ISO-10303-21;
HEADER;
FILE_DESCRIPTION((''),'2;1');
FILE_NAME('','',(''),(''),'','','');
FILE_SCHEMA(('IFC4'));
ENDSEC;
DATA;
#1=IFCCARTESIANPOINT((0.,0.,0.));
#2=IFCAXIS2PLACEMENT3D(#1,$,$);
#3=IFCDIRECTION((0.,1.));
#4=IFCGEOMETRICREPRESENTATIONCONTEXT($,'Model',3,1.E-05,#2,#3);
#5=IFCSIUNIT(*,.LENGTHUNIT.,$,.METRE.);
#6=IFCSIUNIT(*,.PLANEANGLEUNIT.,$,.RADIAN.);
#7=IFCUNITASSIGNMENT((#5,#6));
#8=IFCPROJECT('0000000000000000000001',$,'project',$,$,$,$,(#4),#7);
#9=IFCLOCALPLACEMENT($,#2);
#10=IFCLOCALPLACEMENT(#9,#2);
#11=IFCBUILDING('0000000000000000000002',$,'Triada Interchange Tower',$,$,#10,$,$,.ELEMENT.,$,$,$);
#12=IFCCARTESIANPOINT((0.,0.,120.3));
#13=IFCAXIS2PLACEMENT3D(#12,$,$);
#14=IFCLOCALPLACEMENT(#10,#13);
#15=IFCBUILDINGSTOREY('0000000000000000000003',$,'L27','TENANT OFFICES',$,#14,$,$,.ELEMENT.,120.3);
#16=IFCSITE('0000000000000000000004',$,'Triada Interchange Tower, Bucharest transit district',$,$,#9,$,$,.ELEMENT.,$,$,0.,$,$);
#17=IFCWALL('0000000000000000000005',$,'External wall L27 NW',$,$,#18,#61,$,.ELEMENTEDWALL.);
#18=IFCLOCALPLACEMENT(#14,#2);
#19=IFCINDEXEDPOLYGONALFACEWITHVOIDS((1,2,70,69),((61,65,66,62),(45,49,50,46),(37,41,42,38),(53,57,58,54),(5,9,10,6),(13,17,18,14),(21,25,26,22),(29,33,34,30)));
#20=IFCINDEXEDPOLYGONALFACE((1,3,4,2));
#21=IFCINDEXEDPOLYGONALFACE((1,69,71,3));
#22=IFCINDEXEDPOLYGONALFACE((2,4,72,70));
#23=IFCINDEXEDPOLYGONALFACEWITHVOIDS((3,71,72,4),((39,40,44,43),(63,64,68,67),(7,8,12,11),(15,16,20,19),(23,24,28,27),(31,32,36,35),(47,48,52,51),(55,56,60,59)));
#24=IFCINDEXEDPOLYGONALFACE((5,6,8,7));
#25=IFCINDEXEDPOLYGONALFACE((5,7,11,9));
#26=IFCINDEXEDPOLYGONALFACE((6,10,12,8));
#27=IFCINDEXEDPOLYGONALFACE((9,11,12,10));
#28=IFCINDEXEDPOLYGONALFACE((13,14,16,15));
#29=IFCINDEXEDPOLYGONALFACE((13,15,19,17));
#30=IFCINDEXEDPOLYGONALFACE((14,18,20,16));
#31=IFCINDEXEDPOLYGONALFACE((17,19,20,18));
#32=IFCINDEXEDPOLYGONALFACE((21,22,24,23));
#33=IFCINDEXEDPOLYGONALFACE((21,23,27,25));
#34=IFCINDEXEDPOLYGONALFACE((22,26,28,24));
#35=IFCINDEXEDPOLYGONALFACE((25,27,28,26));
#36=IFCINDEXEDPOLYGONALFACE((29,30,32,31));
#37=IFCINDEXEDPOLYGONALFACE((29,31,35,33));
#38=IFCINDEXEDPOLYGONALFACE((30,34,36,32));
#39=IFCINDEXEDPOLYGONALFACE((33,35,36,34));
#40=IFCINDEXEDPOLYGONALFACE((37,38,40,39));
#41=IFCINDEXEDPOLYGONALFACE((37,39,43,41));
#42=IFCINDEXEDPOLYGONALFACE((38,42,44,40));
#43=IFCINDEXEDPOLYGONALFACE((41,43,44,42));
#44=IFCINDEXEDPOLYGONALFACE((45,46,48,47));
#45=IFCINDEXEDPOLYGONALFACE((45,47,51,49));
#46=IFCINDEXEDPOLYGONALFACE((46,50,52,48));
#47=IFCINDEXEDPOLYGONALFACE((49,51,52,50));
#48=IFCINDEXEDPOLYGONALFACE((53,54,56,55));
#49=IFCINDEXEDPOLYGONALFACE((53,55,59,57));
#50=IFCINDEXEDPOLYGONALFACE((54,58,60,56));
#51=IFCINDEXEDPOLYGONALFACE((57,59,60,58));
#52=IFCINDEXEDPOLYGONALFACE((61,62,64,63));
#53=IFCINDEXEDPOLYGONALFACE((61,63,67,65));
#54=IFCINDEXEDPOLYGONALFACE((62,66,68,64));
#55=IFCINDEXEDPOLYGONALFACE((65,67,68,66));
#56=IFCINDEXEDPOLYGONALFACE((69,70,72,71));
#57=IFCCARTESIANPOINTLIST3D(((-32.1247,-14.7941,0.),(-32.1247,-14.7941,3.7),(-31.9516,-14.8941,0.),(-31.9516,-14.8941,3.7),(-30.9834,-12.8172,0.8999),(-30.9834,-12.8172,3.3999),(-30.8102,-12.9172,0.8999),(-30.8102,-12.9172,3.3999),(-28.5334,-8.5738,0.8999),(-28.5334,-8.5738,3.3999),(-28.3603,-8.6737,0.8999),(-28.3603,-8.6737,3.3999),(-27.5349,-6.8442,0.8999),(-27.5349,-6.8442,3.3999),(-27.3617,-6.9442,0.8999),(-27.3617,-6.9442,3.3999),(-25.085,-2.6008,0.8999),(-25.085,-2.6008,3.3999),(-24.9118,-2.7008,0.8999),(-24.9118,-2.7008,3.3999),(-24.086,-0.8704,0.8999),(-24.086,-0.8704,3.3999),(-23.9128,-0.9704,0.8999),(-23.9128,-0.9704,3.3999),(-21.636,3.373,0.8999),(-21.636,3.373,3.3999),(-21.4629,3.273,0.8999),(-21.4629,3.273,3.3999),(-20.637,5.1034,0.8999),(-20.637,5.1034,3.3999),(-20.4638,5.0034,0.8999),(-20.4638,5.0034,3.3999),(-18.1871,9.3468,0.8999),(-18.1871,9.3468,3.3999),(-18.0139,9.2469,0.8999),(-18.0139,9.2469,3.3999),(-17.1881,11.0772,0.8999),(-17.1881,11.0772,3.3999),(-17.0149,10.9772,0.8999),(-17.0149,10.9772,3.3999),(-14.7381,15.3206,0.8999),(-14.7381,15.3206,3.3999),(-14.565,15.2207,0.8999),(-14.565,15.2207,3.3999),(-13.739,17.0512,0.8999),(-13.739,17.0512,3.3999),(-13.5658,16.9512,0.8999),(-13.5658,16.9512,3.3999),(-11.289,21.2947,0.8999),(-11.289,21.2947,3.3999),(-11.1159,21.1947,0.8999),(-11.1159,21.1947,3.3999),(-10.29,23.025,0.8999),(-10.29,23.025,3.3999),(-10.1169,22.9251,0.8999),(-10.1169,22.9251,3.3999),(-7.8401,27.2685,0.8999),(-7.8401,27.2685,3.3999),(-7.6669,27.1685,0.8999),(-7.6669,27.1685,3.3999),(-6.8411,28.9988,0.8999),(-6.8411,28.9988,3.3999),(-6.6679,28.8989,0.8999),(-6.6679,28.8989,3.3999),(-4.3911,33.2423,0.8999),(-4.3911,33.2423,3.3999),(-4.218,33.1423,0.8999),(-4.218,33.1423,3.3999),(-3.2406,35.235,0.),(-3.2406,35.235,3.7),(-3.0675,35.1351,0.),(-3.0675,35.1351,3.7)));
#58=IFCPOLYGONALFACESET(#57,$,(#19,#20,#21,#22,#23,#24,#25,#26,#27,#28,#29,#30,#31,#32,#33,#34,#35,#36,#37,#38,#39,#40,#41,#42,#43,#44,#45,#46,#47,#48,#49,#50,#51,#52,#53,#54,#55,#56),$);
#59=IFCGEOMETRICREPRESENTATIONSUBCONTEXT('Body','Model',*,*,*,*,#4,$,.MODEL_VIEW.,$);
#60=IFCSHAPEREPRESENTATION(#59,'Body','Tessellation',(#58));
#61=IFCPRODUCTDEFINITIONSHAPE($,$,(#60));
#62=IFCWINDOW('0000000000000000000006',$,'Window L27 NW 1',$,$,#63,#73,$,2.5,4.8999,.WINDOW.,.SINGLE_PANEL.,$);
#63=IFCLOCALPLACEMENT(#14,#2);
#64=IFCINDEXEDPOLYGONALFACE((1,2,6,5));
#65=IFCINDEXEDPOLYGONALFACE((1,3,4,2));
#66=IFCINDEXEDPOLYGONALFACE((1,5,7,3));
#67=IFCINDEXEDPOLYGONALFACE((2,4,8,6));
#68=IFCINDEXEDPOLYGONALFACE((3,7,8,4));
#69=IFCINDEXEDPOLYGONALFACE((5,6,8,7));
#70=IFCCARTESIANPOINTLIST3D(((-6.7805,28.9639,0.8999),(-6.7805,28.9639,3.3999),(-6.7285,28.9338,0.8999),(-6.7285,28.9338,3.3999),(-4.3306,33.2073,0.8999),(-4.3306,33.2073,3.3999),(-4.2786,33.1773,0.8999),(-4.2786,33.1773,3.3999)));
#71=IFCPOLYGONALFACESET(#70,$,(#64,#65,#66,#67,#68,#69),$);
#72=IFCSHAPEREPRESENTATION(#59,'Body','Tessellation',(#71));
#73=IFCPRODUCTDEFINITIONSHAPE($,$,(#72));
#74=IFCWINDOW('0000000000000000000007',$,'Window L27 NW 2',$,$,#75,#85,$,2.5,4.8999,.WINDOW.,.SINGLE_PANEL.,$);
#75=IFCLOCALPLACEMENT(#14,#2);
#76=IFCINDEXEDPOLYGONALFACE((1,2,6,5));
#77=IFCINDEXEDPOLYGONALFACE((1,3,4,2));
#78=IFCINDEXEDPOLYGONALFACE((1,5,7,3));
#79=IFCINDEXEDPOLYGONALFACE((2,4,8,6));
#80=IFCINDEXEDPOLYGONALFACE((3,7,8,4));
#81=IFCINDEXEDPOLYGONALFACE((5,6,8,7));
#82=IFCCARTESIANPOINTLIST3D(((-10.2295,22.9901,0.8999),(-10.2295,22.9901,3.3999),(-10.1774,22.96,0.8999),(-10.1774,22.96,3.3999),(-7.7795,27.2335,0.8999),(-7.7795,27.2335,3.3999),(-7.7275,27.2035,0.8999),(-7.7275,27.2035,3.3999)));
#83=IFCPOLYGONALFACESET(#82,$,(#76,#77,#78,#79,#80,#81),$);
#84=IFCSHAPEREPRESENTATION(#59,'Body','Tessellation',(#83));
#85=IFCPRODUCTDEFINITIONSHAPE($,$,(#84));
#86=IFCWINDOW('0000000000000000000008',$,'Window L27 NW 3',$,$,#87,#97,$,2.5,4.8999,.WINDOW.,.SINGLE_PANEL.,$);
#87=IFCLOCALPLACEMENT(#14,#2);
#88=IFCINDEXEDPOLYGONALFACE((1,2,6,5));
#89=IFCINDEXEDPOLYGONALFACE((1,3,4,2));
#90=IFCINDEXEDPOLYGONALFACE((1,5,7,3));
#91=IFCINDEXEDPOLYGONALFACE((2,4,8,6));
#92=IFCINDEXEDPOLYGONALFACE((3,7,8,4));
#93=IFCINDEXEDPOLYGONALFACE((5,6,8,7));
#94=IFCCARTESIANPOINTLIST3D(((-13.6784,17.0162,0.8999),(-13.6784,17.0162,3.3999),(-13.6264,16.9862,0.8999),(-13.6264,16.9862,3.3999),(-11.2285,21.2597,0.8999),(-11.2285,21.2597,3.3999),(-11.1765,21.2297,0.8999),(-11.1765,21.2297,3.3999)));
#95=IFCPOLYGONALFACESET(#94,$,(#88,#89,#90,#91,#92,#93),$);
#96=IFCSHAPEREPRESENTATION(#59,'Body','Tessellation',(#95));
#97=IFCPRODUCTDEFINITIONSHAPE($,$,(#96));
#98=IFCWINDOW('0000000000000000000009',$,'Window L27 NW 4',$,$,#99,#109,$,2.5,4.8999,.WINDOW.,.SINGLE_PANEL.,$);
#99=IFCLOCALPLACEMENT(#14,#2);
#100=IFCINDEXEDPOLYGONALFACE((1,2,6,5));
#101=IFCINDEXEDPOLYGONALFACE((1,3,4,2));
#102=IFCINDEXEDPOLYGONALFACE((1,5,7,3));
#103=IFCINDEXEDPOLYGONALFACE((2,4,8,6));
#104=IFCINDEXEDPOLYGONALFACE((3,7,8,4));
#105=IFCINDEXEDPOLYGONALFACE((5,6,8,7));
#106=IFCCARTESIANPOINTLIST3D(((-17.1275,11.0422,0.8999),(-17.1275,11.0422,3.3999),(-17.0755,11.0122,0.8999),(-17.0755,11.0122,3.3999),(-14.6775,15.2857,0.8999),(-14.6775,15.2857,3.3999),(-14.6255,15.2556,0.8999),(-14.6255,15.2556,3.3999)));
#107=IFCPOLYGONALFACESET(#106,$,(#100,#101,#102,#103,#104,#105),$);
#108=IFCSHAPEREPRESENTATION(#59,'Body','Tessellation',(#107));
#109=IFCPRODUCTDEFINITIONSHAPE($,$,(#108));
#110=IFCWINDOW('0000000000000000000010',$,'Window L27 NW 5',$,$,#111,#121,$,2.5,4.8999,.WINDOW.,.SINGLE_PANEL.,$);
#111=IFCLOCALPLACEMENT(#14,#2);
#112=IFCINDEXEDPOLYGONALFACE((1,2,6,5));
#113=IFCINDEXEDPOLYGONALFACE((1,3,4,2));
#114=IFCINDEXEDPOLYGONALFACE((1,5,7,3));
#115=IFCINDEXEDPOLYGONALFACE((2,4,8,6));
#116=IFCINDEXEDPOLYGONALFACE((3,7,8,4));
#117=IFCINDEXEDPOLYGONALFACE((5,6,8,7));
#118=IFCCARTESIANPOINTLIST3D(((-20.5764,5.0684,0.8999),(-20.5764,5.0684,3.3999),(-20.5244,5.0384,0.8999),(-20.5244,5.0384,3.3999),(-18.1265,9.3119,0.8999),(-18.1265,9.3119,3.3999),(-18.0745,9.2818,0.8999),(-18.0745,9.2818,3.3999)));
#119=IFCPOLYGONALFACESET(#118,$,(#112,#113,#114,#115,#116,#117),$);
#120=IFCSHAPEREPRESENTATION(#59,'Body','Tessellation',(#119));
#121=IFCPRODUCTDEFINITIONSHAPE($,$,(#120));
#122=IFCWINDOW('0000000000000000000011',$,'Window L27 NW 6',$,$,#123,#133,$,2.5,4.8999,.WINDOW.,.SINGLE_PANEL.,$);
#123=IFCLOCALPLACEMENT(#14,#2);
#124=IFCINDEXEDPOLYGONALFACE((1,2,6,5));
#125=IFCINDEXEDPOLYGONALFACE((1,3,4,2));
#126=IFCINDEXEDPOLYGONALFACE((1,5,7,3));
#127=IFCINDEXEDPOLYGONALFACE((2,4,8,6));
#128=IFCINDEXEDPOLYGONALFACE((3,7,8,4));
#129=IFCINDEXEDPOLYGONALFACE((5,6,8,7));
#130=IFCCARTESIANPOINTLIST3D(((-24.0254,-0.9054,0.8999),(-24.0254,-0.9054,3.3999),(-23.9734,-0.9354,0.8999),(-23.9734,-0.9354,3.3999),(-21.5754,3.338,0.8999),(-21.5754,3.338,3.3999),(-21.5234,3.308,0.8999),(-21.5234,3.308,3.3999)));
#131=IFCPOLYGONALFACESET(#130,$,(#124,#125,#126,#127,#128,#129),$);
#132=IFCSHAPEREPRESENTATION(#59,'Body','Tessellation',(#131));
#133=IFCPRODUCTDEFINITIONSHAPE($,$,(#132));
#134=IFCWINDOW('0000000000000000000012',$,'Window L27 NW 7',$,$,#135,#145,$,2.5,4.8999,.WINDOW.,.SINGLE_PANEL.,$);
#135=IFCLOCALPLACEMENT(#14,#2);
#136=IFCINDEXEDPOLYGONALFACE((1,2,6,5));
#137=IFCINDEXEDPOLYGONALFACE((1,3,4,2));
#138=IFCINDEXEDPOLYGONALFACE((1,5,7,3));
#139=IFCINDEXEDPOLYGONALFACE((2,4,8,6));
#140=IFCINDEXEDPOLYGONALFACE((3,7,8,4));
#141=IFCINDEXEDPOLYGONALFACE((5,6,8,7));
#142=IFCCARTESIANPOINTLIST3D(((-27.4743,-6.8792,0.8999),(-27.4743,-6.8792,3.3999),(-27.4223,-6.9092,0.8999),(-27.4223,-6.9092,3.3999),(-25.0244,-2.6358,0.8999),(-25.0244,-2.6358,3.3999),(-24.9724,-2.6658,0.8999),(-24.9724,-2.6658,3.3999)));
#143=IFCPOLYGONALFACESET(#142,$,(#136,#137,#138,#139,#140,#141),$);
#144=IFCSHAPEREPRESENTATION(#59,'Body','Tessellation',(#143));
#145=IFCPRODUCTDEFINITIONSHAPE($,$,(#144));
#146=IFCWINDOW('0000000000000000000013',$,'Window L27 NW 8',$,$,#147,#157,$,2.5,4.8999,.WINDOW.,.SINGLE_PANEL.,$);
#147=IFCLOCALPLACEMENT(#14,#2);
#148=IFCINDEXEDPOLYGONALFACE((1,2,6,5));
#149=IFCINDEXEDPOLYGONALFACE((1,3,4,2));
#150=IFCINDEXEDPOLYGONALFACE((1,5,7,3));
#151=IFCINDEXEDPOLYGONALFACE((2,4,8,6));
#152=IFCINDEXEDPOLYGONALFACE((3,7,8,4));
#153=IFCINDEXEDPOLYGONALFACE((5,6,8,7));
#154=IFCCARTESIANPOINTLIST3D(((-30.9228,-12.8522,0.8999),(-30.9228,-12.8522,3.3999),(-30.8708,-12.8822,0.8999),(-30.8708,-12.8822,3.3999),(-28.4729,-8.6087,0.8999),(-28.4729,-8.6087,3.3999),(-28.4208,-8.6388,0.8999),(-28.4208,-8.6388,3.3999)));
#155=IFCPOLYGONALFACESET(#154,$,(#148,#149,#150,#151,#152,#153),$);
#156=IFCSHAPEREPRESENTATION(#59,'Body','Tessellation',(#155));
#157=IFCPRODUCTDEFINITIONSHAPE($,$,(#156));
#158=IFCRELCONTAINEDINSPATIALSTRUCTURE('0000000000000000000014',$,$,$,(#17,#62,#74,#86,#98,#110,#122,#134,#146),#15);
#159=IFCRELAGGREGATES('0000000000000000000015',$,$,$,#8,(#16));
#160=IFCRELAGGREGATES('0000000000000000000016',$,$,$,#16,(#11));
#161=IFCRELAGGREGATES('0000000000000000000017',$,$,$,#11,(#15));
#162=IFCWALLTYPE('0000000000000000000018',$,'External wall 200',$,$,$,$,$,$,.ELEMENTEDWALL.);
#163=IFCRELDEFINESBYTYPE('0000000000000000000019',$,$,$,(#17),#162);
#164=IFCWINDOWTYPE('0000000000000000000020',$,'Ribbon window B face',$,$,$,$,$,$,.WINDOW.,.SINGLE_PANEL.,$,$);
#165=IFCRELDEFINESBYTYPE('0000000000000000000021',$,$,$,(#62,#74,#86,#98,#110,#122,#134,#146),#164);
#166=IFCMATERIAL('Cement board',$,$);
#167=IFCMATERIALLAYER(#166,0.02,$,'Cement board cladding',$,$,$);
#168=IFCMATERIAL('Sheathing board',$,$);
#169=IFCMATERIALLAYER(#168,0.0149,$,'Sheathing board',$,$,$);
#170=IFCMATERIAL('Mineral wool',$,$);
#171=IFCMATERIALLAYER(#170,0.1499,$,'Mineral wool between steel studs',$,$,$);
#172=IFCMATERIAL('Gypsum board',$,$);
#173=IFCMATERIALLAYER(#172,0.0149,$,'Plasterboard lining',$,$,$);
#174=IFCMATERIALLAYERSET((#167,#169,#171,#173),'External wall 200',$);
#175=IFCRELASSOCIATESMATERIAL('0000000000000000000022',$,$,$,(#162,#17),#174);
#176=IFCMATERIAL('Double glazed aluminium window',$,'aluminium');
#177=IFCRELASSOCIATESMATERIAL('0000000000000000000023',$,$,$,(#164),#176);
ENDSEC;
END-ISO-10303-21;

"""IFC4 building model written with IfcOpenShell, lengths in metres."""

from ifc_helpers import new_model, si_unit, direction, frame, frame_2d, origin, place, context, subcontext, project, spatial, rectangle, extrude, material, layer, layer_set, layer_usage, type_object, element, fill, save


model = new_model("IFC4")

# Units and contexts
model_context = context("Model", 3, precision=1e-05, world=origin(), true_north=direction((0.0, 1.0)))
body_context = subcontext(model_context, "Body", "Model", "MODEL_VIEW")
ifc_project = project(units=[si_unit("LENGTHUNIT", "METRE"), si_unit("PLANEANGLEUNIT", "RADIAN")], contexts=[model_context])

# Site, building, storey
site_placement = place(None, origin())
site = spatial("IfcSite", under=ifc_project, at=site_placement, Name="Triada Interchange Tower, Bucharest transit district", CompositionType="ELEMENT", RefElevation=0.0)
building_placement = place(site_placement, origin())
building = spatial("IfcBuilding", under=site, at=building_placement, Name="Triada Interchange Tower", CompositionType="ELEMENT")
storey_placement = place(building_placement, frame((0.0, 0.0, 120.3)))
storey = spatial("IfcBuildingStorey", under=building, at=storey_placement, Name="L27", Description="TENANT OFFICES", CompositionType="ELEMENT", Elevation=120.3)

# Wall, openings, windows
ifc_material_1 = material(Name="Cement board")
ifc_layer_1 = layer(ifc_material_1, 0.02, Name="Cement board cladding")
ifc_material_2 = material(Name="Sheathing board")
ifc_layer_2 = layer(ifc_material_2, 0.0149, Name="Sheathing board")
ifc_material_3 = material(Name="Mineral wool")
ifc_layer_3 = layer(ifc_material_3, 0.1499, Name="Mineral wool between steel studs")
ifc_material_4 = material(Name="Gypsum board")
ifc_layer_4 = layer(ifc_material_4, 0.0149, Name="Plasterboard lining")
ifc_layer_set_1 = layer_set([ifc_layer_1, ifc_layer_2, ifc_layer_3, ifc_layer_4], Name="External wall 200")
ifc_layer_usage = layer_usage(ifc_layer_set_1, "AXIS2", "POSITIVE", -0.1001)
wall_type_1 = type_object("IfcWallType", Name="External wall 200", PredefinedType="ELEMENTEDWALL", material=ifc_layer_set_1)
wall_1_placement = place(storey_placement, frame((-3.1541, 35.1851, 0.0), z_axis=(0.0, 0.0, 1.0), x_axis=(-0.499997, -0.866027, 0.0)))
wall_1 = element("IfcWall", 1, at=wall_1_placement, inside=storey, type_object=wall_type_1, material=ifc_layer_usage, Name="External wall L27 NW", PredefinedType="ELEMENTEDWALL", context=body_context, shape_type="SweptSolid", body=[
    extrude(rectangle(XDim=57.7686, YDim=0.2, at=frame_2d((28.8843, 0.0))), origin(), (0.0, 0.0, 1.0), 3.7),
])
opening_1_placement = place(wall_1_placement, frame((2.301, 0.0, 0.8999)))
opening_1 = element("IfcOpeningElement", 2, at=opening_1_placement, cuts=wall_1, PredefinedType="OPENING", context=body_context, shape_type="SweptSolid", body=[
    extrude(rectangle(XDim=4.8999, YDim=2.5, at=frame_2d((2.45, 1.25))), frame((0.0, 0.1099, 0.0), z_axis=(0.0, -1.0, 0.0), x_axis=(1.0, 0.0, 0.0)), (0.0, 0.0, 1.0), 0.22),
])
opening_2_placement = place(wall_1_placement, frame((9.199, 0.0, 0.8999)))
opening_2 = element("IfcOpeningElement", 3, at=opening_2_placement, cuts=wall_1, PredefinedType="OPENING", context=body_context, shape_type="SweptSolid", body=[
    extrude(rectangle(XDim=4.8999, YDim=2.5, at=frame_2d((2.45, 1.25))), frame((0.0, 0.1099, 0.0), z_axis=(0.0, -1.0, 0.0), x_axis=(1.0, 0.0, 0.0)), (0.0, 0.0, 1.0), 0.22),
])
opening_3_placement = place(wall_1_placement, frame((16.0969, 0.0, 0.8999)))
opening_3 = element("IfcOpeningElement", 4, at=opening_3_placement, cuts=wall_1, PredefinedType="OPENING", context=body_context, shape_type="SweptSolid", body=[
    extrude(rectangle(XDim=4.8999, YDim=2.5, at=frame_2d((2.45, 1.25))), frame((0.0, 0.1099, 0.0), z_axis=(0.0, -1.0, 0.0), x_axis=(1.0, 0.0, 0.0)), (0.0, 0.0, 1.0), 0.22),
])
opening_4_placement = place(wall_1_placement, frame((22.9951, 0.0, 0.8999)))
opening_4 = element("IfcOpeningElement", 5, at=opening_4_placement, cuts=wall_1, PredefinedType="OPENING", context=body_context, shape_type="SweptSolid", body=[
    extrude(rectangle(XDim=4.8999, YDim=2.5, at=frame_2d((2.45, 1.25))), frame((0.0, 0.1099, 0.0), z_axis=(0.0, -1.0, 0.0), x_axis=(1.0, 0.0, 0.0)), (0.0, 0.0, 1.0), 0.22),
])
opening_5_placement = place(wall_1_placement, frame((29.8931, 0.0, 0.8999)))
opening_5 = element("IfcOpeningElement", 6, at=opening_5_placement, cuts=wall_1, PredefinedType="OPENING", context=body_context, shape_type="SweptSolid", body=[
    extrude(rectangle(XDim=4.8999, YDim=2.5, at=frame_2d((2.45, 1.25))), frame((0.0, 0.1099, 0.0), z_axis=(0.0, -1.0, 0.0), x_axis=(1.0, 0.0, 0.0)), (0.0, 0.0, 1.0), 0.22),
])
opening_6_placement = place(wall_1_placement, frame((36.791, 0.0, 0.8999)))
opening_6 = element("IfcOpeningElement", 7, at=opening_6_placement, cuts=wall_1, PredefinedType="OPENING", context=body_context, shape_type="SweptSolid", body=[
    extrude(rectangle(XDim=4.8999, YDim=2.5, at=frame_2d((2.45, 1.25))), frame((0.0, 0.1099, 0.0), z_axis=(0.0, -1.0, 0.0), x_axis=(1.0, 0.0, 0.0)), (0.0, 0.0, 1.0), 0.22),
])
opening_7_placement = place(wall_1_placement, frame((43.689, 0.0, 0.8999)))
opening_7 = element("IfcOpeningElement", 8, at=opening_7_placement, cuts=wall_1, PredefinedType="OPENING", context=body_context, shape_type="SweptSolid", body=[
    extrude(rectangle(XDim=4.8999, YDim=2.5, at=frame_2d((2.45, 1.25))), frame((0.0, 0.1099, 0.0), z_axis=(0.0, -1.0, 0.0), x_axis=(1.0, 0.0, 0.0)), (0.0, 0.0, 1.0), 0.22),
])
opening_8_placement = place(wall_1_placement, frame((50.5859, 0.0, 0.8999)))
opening_8 = element("IfcOpeningElement", 9, at=opening_8_placement, cuts=wall_1, PredefinedType="OPENING", context=body_context, shape_type="SweptSolid", body=[
    extrude(rectangle(XDim=4.8999, YDim=2.5, at=frame_2d((2.45, 1.25))), frame((0.0, 0.1099, 0.0), z_axis=(0.0, -1.0, 0.0), x_axis=(1.0, 0.0, 0.0)), (0.0, 0.0, 1.0), 0.22),
])
ifc_material_5 = material(Name="Double glazed aluminium window", Category="aluminium")
window_type = type_object("IfcWindowType", Name="Ribbon window B face", PartitioningType="SINGLE_PANEL", PredefinedType="WINDOW", material=ifc_material_5)
window_1_placement = place(opening_1_placement, origin())
window_1 = element("IfcWindow", 10, at=window_1_placement, inside=storey, type_object=window_type, Name="Window L27 NW 1", OverallHeight=2.5, OverallWidth=4.8999, PartitioningType="SINGLE_PANEL", PredefinedType="WINDOW", context=body_context, shape_type="SweptSolid", body=[
    extrude(rectangle(XDim=4.8999, YDim=2.5, at=frame_2d((2.45, 1.25))), frame((0.0, 0.03, 0.0), z_axis=(0.0, -1.0, 0.0), x_axis=(1.0, 0.0, 0.0)), (0.0, 0.0, 1.0), 0.0601),
])
fill(opening_1, window_1)
window_2_placement = place(opening_2_placement, origin())
window_2 = element("IfcWindow", 11, at=window_2_placement, inside=storey, type_object=window_type, Name="Window L27 NW 2", OverallHeight=2.5, OverallWidth=4.8999, PartitioningType="SINGLE_PANEL", PredefinedType="WINDOW", context=body_context, shape_type="SweptSolid", body=[
    extrude(rectangle(XDim=4.8999, YDim=2.5, at=frame_2d((2.45, 1.25))), frame((0.0, 0.03, 0.0), z_axis=(0.0, -1.0, 0.0), x_axis=(1.0, 0.0, 0.0)), (0.0, 0.0, 1.0), 0.0601),
])
fill(opening_2, window_2)
window_3_placement = place(opening_3_placement, origin())
window_3 = element("IfcWindow", 12, at=window_3_placement, inside=storey, type_object=window_type, Name="Window L27 NW 3", OverallHeight=2.5, OverallWidth=4.8999, PartitioningType="SINGLE_PANEL", PredefinedType="WINDOW", context=body_context, shape_type="SweptSolid", body=[
    extrude(rectangle(XDim=4.8999, YDim=2.5, at=frame_2d((2.45, 1.25))), frame((0.0, 0.03, 0.0), z_axis=(0.0, -1.0, 0.0), x_axis=(1.0, 0.0, 0.0)), (0.0, 0.0, 1.0), 0.0601),
])
fill(opening_3, window_3)
window_4_placement = place(opening_4_placement, origin())
window_4 = element("IfcWindow", 13, at=window_4_placement, inside=storey, type_object=window_type, Name="Window L27 NW 4", OverallHeight=2.5, OverallWidth=4.8999, PartitioningType="SINGLE_PANEL", PredefinedType="WINDOW", context=body_context, shape_type="SweptSolid", body=[
    extrude(rectangle(XDim=4.8999, YDim=2.5, at=frame_2d((2.45, 1.25))), frame((0.0, 0.03, 0.0), z_axis=(0.0, -1.0, 0.0), x_axis=(1.0, 0.0, 0.0)), (0.0, 0.0, 1.0), 0.0601),
])
fill(opening_4, window_4)
window_5_placement = place(opening_5_placement, origin())
window_5 = element("IfcWindow", 14, at=window_5_placement, inside=storey, type_object=window_type, Name="Window L27 NW 5", OverallHeight=2.5, OverallWidth=4.8999, PartitioningType="SINGLE_PANEL", PredefinedType="WINDOW", context=body_context, shape_type="SweptSolid", body=[
    extrude(rectangle(XDim=4.8999, YDim=2.5, at=frame_2d((2.45, 1.25))), frame((0.0, 0.03, 0.0), z_axis=(0.0, -1.0, 0.0), x_axis=(1.0, 0.0, 0.0)), (0.0, 0.0, 1.0), 0.0601),
])
fill(opening_5, window_5)
window_6_placement = place(opening_6_placement, origin())
window_6 = element("IfcWindow", 15, at=window_6_placement, inside=storey, type_object=window_type, Name="Window L27 NW 6", OverallHeight=2.5, OverallWidth=4.8999, PartitioningType="SINGLE_PANEL", PredefinedType="WINDOW", context=body_context, shape_type="SweptSolid", body=[
    extrude(rectangle(XDim=4.8999, YDim=2.5, at=frame_2d((2.45, 1.25))), frame((0.0, 0.03, 0.0), z_axis=(0.0, -1.0, 0.0), x_axis=(1.0, 0.0, 0.0)), (0.0, 0.0, 1.0), 0.0601),
])
fill(opening_6, window_6)
window_7_placement = place(opening_7_placement, origin())
window_7 = element("IfcWindow", 16, at=window_7_placement, inside=storey, type_object=window_type, Name="Window L27 NW 7", OverallHeight=2.5, OverallWidth=4.8999, PartitioningType="SINGLE_PANEL", PredefinedType="WINDOW", context=body_context, shape_type="SweptSolid", body=[
    extrude(rectangle(XDim=4.8999, YDim=2.5, at=frame_2d((2.45, 1.25))), frame((0.0, 0.03, 0.0), z_axis=(0.0, -1.0, 0.0), x_axis=(1.0, 0.0, 0.0)), (0.0, 0.0, 1.0), 0.0601),
])
fill(opening_7, window_7)
window_8_placement = place(opening_8_placement, origin())
window_8 = element("IfcWindow", 17, at=window_8_placement, inside=storey, type_object=window_type, Name="Window L27 NW 8", OverallHeight=2.5, OverallWidth=4.8999, PartitioningType="SINGLE_PANEL", PredefinedType="WINDOW", context=body_context, shape_type="SweptSolid", body=[
    extrude(rectangle(XDim=4.8999, YDim=2.5, at=frame_2d((2.45, 1.25))), frame((0.0, 0.03, 0.0), z_axis=(0.0, -1.0, 0.0), x_axis=(1.0, 0.0, 0.0)), (0.0, 0.0, 1.0), 0.0601),
])
fill(opening_8, window_8)

save(model, "model.ifc")
